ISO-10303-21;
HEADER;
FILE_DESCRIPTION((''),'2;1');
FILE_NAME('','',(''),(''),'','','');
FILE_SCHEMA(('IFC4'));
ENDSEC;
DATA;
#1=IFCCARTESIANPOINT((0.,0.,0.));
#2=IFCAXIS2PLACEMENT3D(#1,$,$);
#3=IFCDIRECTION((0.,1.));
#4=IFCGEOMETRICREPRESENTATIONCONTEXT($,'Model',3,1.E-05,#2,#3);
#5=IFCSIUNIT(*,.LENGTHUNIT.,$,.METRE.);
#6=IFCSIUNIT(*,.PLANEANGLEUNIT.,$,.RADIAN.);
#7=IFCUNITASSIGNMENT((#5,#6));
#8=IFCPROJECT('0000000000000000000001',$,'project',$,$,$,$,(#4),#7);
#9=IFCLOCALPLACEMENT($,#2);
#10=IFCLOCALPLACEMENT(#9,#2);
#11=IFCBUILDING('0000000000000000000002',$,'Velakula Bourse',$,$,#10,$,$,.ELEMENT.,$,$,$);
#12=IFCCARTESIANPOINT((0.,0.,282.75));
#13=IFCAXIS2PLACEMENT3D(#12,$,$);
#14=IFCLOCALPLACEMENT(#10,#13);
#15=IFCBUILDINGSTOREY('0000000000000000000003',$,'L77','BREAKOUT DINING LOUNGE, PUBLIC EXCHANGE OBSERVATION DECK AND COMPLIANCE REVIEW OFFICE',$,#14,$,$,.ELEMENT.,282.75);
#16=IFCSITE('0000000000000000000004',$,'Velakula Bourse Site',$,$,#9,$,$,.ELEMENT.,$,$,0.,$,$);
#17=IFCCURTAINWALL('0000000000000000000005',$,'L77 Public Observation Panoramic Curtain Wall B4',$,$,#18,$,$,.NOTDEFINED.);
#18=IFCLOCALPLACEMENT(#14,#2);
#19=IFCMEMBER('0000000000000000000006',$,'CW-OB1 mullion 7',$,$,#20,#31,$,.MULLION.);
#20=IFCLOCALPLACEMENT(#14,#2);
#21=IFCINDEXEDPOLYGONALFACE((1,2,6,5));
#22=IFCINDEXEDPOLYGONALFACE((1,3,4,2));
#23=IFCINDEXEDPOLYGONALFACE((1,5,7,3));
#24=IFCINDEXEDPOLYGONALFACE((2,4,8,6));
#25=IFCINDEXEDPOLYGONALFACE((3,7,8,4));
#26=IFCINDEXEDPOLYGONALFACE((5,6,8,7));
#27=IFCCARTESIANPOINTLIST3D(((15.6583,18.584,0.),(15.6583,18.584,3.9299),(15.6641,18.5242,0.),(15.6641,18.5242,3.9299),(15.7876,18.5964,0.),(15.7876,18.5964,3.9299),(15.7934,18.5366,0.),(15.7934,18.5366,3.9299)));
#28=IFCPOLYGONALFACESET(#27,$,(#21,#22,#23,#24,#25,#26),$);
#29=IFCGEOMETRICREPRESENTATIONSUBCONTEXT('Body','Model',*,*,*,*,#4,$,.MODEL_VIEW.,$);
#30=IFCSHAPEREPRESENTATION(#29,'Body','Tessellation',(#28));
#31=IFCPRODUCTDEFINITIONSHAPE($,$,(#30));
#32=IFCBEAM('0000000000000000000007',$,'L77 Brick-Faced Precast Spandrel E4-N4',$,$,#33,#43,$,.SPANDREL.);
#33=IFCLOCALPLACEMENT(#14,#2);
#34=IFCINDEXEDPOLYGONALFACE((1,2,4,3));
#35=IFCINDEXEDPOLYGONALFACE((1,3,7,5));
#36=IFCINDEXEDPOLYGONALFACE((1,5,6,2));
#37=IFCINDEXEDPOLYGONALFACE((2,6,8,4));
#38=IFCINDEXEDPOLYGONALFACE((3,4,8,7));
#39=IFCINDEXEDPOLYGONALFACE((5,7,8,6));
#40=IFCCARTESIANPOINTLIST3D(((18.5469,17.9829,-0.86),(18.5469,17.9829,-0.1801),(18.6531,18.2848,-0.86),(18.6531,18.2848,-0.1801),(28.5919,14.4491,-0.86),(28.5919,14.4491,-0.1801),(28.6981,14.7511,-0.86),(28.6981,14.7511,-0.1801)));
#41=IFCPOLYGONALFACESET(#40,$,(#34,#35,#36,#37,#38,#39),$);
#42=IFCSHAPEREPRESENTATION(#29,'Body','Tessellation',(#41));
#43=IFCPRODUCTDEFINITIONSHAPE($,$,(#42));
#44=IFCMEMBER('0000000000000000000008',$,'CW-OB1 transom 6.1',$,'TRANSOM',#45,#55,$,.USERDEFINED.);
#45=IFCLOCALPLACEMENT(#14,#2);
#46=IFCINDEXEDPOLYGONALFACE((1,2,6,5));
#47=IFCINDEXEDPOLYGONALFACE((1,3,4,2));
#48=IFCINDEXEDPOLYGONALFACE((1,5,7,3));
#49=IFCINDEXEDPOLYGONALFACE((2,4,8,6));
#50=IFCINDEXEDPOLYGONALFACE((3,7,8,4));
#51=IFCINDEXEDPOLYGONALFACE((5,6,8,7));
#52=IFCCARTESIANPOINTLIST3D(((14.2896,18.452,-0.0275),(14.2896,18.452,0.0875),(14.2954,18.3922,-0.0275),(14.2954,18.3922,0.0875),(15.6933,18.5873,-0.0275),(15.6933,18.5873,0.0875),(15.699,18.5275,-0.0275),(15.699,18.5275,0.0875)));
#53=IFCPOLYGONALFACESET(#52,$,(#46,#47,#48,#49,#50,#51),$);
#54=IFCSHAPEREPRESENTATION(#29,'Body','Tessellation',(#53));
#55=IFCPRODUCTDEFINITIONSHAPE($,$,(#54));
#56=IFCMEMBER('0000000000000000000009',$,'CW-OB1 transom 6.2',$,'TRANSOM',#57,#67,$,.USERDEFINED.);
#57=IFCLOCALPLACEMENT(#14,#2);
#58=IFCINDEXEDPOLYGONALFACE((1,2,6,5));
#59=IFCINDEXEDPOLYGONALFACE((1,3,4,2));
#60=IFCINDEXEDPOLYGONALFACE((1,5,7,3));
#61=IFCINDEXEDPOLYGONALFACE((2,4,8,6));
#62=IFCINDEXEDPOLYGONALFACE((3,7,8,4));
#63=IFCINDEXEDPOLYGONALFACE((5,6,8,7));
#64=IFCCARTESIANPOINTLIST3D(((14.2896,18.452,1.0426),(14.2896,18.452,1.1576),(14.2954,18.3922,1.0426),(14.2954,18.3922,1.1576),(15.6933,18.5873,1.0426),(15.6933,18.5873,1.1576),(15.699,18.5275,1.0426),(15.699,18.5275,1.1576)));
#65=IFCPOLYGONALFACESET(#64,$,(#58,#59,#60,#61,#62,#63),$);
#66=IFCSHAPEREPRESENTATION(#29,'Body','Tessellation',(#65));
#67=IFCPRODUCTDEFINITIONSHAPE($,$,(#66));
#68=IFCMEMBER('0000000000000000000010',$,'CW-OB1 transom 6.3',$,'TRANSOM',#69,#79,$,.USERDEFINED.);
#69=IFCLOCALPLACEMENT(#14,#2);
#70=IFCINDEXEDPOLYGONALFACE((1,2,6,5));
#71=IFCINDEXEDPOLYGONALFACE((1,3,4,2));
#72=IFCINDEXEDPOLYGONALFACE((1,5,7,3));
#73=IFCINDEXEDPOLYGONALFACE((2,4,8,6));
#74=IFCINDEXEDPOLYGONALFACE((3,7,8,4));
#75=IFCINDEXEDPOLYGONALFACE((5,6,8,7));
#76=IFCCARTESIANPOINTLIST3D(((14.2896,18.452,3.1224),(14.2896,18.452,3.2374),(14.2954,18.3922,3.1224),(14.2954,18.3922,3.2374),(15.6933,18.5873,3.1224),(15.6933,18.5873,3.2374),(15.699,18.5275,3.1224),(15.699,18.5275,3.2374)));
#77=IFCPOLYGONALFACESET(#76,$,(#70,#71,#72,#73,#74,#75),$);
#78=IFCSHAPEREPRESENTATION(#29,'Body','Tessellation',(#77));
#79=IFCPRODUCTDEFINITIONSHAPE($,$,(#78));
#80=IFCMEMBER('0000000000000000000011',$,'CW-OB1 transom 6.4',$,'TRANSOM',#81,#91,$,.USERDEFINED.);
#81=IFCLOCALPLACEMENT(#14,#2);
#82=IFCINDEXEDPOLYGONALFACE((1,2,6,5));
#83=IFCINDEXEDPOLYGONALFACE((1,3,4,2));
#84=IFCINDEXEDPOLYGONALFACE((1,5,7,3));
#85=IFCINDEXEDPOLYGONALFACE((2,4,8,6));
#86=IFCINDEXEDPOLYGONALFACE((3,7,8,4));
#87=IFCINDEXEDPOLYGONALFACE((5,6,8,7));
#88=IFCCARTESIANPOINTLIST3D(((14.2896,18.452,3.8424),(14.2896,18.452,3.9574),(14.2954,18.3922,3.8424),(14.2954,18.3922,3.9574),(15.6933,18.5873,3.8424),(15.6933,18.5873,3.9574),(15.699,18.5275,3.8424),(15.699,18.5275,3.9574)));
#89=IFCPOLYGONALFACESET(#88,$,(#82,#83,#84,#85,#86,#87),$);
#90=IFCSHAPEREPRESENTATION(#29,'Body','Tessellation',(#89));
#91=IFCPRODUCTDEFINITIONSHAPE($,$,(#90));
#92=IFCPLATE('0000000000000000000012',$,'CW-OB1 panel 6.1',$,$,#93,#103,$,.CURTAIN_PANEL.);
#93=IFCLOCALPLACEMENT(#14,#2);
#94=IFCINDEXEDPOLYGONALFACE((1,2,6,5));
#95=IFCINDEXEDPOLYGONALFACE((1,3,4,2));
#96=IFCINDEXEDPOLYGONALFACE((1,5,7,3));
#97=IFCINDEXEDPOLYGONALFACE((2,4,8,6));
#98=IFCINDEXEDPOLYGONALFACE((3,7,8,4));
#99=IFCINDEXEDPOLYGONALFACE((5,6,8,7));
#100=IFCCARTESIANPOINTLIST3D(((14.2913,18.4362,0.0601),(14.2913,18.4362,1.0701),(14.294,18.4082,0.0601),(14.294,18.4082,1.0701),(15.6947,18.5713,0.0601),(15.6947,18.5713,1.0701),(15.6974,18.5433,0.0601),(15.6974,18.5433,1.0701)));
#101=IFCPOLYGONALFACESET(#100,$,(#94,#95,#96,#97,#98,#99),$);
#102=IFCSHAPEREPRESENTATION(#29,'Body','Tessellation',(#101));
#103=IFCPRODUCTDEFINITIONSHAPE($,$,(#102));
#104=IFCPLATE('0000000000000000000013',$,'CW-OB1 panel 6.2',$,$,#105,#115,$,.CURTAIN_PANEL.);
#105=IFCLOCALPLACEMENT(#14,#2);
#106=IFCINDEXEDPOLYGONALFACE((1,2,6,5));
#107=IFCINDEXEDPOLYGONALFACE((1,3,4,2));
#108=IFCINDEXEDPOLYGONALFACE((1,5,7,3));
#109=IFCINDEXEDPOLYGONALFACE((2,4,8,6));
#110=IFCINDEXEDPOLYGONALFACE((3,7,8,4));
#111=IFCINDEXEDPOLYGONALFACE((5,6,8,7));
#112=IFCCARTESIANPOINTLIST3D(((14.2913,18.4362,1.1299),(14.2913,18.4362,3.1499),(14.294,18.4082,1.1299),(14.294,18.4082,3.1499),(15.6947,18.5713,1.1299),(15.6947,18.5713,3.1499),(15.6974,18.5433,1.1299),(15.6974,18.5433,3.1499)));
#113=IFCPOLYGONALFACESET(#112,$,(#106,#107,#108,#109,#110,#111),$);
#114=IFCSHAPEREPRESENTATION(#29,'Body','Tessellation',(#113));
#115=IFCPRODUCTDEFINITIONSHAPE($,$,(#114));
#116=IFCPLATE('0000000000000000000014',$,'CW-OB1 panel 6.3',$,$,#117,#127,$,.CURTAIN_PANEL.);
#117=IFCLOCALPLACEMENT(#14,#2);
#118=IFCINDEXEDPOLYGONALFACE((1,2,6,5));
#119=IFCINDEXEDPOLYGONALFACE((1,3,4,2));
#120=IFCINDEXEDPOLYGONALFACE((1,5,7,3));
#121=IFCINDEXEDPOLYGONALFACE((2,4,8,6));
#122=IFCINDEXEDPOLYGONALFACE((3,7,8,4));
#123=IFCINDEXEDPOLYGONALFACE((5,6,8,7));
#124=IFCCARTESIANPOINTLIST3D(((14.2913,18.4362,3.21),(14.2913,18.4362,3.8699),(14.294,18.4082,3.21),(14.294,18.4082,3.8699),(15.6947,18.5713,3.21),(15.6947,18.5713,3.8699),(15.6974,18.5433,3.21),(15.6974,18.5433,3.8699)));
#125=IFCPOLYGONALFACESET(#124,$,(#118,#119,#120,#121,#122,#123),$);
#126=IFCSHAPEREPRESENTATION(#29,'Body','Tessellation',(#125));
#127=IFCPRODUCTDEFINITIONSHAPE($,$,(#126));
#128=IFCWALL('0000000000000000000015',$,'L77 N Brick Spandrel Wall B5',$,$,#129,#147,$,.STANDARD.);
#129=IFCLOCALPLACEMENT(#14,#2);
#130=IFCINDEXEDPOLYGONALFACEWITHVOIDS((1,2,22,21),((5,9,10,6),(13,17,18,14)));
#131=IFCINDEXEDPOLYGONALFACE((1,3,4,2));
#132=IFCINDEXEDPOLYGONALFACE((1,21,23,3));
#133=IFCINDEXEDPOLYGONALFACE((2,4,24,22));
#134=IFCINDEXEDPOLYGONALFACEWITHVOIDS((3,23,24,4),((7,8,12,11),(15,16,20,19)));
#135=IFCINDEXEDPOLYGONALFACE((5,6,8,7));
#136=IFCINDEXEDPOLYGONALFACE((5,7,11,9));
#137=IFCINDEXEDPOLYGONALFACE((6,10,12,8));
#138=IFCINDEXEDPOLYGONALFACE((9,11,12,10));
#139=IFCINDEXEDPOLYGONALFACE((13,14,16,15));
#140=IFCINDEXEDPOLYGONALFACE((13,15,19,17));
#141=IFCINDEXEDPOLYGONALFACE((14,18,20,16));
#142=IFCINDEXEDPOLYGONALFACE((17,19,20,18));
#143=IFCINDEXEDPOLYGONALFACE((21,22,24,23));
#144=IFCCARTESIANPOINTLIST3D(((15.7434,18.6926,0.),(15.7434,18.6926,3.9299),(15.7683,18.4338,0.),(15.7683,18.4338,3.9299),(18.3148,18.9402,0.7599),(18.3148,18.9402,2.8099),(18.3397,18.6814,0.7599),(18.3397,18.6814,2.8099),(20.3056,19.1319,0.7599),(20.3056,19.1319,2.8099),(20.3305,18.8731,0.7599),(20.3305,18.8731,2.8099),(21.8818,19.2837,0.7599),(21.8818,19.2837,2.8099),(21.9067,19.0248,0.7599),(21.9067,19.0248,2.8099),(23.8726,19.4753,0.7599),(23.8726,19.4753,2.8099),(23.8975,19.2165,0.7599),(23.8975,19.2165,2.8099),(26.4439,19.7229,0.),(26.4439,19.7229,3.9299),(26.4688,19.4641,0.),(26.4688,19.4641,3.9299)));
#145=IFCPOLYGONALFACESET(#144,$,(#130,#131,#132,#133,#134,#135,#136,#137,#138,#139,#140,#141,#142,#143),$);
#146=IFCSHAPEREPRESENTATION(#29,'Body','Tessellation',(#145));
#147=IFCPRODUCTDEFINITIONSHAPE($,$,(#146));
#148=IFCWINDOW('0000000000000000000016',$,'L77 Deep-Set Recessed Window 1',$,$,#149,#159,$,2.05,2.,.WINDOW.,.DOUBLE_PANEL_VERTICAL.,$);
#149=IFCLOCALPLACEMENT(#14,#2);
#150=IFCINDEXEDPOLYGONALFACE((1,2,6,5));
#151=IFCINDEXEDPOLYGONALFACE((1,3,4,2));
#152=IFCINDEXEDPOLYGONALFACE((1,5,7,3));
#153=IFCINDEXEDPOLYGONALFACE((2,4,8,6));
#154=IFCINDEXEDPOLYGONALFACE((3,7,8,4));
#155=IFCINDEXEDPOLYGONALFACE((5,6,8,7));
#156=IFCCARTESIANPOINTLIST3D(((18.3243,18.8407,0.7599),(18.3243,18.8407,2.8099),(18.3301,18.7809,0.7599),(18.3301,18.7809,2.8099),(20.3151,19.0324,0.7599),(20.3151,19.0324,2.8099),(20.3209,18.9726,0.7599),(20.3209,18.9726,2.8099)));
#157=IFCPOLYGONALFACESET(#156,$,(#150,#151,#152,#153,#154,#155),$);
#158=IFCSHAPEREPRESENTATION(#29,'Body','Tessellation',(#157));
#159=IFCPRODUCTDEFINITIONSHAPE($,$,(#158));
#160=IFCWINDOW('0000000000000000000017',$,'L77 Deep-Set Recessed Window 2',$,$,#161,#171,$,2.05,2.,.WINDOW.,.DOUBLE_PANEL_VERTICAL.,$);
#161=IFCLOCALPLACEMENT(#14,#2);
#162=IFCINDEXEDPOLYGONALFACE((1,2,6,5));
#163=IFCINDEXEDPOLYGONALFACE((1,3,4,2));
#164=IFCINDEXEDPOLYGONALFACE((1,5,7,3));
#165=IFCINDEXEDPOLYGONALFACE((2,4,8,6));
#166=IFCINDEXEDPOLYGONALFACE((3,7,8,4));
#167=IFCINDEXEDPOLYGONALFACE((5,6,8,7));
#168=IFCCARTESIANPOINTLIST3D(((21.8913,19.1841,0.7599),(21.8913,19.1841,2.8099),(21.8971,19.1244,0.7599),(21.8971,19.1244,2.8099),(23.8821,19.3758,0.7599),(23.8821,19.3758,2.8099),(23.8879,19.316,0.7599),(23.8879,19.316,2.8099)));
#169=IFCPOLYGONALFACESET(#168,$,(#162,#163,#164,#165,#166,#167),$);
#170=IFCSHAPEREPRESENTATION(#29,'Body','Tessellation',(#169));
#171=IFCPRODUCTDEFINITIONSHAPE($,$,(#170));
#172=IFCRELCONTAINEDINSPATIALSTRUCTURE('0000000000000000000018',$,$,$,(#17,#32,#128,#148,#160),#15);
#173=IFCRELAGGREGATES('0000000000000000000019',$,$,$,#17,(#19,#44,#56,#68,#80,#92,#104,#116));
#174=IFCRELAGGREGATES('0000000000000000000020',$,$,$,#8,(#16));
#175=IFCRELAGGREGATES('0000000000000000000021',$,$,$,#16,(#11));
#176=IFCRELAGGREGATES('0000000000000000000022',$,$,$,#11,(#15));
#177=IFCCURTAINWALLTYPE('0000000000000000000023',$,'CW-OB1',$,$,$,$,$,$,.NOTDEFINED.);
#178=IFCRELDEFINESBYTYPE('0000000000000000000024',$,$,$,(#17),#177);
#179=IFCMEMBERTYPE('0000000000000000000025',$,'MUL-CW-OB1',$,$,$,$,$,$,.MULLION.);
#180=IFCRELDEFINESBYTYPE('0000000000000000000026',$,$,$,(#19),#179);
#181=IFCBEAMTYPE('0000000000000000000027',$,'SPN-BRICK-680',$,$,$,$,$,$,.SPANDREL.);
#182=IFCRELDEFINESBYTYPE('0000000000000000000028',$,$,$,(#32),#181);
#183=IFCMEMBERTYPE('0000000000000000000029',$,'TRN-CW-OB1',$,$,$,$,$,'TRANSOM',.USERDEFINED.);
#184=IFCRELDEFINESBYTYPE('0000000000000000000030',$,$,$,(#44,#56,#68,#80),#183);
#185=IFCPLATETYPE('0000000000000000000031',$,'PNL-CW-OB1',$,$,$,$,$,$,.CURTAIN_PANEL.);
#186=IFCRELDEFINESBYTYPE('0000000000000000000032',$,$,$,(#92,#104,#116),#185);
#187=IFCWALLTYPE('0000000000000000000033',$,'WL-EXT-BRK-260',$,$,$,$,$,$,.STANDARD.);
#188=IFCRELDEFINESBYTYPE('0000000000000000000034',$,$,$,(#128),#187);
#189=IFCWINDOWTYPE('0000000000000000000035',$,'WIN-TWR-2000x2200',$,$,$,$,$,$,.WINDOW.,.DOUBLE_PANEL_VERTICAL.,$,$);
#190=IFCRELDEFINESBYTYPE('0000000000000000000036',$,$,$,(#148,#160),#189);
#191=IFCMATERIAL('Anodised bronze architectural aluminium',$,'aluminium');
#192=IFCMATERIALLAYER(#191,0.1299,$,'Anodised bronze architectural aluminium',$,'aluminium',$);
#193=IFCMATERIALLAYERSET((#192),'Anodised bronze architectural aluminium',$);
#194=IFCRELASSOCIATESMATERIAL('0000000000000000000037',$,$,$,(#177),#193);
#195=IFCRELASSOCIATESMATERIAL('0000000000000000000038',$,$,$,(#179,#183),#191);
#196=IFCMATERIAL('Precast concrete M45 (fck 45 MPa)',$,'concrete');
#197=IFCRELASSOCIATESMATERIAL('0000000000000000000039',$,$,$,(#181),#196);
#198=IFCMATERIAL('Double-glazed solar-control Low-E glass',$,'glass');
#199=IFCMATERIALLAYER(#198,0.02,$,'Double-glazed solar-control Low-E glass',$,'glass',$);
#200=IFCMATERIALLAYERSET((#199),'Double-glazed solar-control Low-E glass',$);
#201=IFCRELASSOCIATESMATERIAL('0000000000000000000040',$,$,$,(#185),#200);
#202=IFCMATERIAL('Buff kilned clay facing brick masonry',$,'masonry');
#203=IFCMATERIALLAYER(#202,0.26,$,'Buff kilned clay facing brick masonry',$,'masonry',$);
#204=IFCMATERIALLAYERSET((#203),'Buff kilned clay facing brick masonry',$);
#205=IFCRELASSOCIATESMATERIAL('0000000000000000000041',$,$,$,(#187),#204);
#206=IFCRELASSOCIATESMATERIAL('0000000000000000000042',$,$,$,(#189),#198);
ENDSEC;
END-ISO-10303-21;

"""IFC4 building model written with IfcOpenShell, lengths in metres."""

from ifc_helpers import new_model, si_unit, direction, frame, frame_2d, origin, origin_2d, place, context, subcontext, project, spatial, rectangle, extrude, material, layer, layer_set, material_profile, profile_set, type_object, element, fill, aggregate, save


model = new_model("IFC4")

# Units and contexts
model_context = context("Model", 3, precision=1e-05, world=origin(), true_north=direction((0.0, 1.0)))
body_context = subcontext(model_context, "Body", "Model", "MODEL_VIEW")
ifc_project = project(units=[si_unit("LENGTHUNIT", "METRE"), si_unit("PLANEANGLEUNIT", "RADIAN")], contexts=[model_context])

# Site, building, storey
site_placement = place(None, origin())
site = spatial("IfcSite", under=ifc_project, at=site_placement, Name="Velakula Bourse Site", CompositionType="ELEMENT", RefElevation=0.0)
building_placement = place(site_placement, origin())
building = spatial("IfcBuilding", under=site, at=building_placement, Name="Velakula Bourse", CompositionType="ELEMENT")
storey_placement = place(building_placement, frame((0.0, 0.0, 282.75)))
storey = spatial("IfcBuildingStorey", under=building, at=storey_placement, Name="L77", Description="BREAKOUT DINING LOUNGE, PUBLIC EXCHANGE OBSERVATION DECK AND COMPLIANCE REVIEW OFFICE", CompositionType="ELEMENT", Elevation=282.75)

# Shared definitions
ifc_material_1 = material(Name="Precast concrete M45 (fck 45 MPa)", Category="concrete")

# Curtain wall, member
ifc_material_2 = material(Name="Anodised bronze architectural aluminium", Category="aluminium")
ifc_layer_1 = layer(ifc_material_2, 0.1299, Name="Anodised bronze architectural aluminium", Category="aluminium")
ifc_layer_set_1 = layer_set([ifc_layer_1], Name="Anodised bronze architectural aluminium")
curtain_wall_type = type_object("IfcCurtainWallType", Name="CW-OB1", PredefinedType="NOTDEFINED", material=ifc_layer_set_1)
curtain_wall_placement = place(storey_placement, origin())
curtain_wall = element("IfcCurtainWall", 1, at=curtain_wall_placement, inside=storey, type_object=curtain_wall_type, Name="L77 Public Observation Panoramic Curtain Wall B4", PredefinedType="NOTDEFINED")
ifc_material_profile_1 = material_profile(ifc_material_2, rectangle(XDim=0.0601, YDim=0.1299, at=origin_2d()), Name="Anodised bronze architectural aluminium")
ifc_profile_set_1 = profile_set([ifc_material_profile_1], Name="Anodised bronze architectural aluminium")
member_type_1 = type_object("IfcMemberType", Name="MUL-CW-OB1", PredefinedType="MULLION", material=ifc_profile_set_1)
member_1_placement = place(storey_placement, frame((15.7258, 18.5603, 0.0), z_axis=(0.0, 0.0, 1.0), x_axis=(-0.095844, 0.995396, 0.0)))
member_1 = element("IfcMember", 2, at=member_1_placement, type_object=member_type_1, Name="CW-OB1 mullion 7", PredefinedType="MULLION", context=body_context, shape_type="SweptSolid", body=[
    extrude(rectangle(XDim=0.0601, YDim=0.1299, at=origin_2d()), origin(), (0.0, 0.0, 1.0), 3.9299),
])

# Beam
ifc_material_profile_2 = material_profile(ifc_material_1, rectangle(XDim=0.3201, YDim=0.6799, at=origin_2d()), Name="Precast concrete M45 (fck 45 MPa)")
ifc_profile_set_2 = profile_set([ifc_material_profile_2], Name="Precast concrete M45 (fck 45 MPa)")
beam_type_1 = type_object("IfcBeamType", Name="SPN-BRICK-680", PredefinedType="SPANDREL", material=ifc_profile_set_2)
beam_1_placement = place(storey_placement, frame((28.645, 14.6001, -0.52), z_axis=(-0.943331, 0.331853, 0.0), x_axis=(-0.331853, -0.943331, 0.0)))
element("IfcBeam", 3, at=beam_1_placement, inside=storey, type_object=beam_type_1, Name="L77 Brick-Faced Precast Spandrel E4-N4", PredefinedType="SPANDREL", context=body_context, shape_type="SweptSolid", body=[
    extrude(rectangle(XDim=0.3201, YDim=0.6799, at=origin_2d()), origin(), (0.0, 0.0, 1.0), 10.6484),
])

# Members
ifc_material_profile_3 = material_profile(ifc_material_2, rectangle(XDim=0.0601, YDim=0.115, at=origin_2d()), Name="Anodised bronze architectural aluminium")
ifc_profile_set_3 = profile_set([ifc_material_profile_3], Name="Anodised bronze architectural aluminium")
member_type_2 = type_object("IfcMemberType", Name="TRN-CW-OB1", ElementType="TRANSOM", PredefinedType="USERDEFINED", material=ifc_profile_set_3)
member_2_placement = place(storey_placement, frame((14.2925, 18.4221, 0.03), z_axis=(0.995389, 0.09592, 0.0), x_axis=(-0.09592, 0.995389, 0.0)))
member_2 = element("IfcMember", 4, at=member_2_placement, type_object=member_type_2, Name="CW-OB1 transom 6.1", ObjectType="TRANSOM", PredefinedType="USERDEFINED", context=body_context, shape_type="SweptSolid", body=[
    extrude(rectangle(XDim=0.0601, YDim=0.115, at=origin_2d()), origin(), (0.0, 0.0, 1.0), 1.4102),
])
member_3_placement = place(storey_placement, frame((14.2925, 18.4221, 1.1001), z_axis=(0.995389, 0.09592, 0.0), x_axis=(-0.09592, 0.995389, 0.0)))
member_3 = element("IfcMember", 5, at=member_3_placement, type_object=member_type_2, Name="CW-OB1 transom 6.2", ObjectType="TRANSOM", PredefinedType="USERDEFINED", context=body_context, shape_type="SweptSolid", body=[
    extrude(rectangle(XDim=0.0601, YDim=0.115, at=origin_2d()), origin(), (0.0, 0.0, 1.0), 1.4102),
])
member_4_placement = place(storey_placement, frame((14.2925, 18.4221, 3.1799), z_axis=(0.995389, 0.09592, 0.0), x_axis=(-0.09592, 0.995389, 0.0)))
member_4 = element("IfcMember", 6, at=member_4_placement, type_object=member_type_2, Name="CW-OB1 transom 6.3", ObjectType="TRANSOM", PredefinedType="USERDEFINED", context=body_context, shape_type="SweptSolid", body=[
    extrude(rectangle(XDim=0.0601, YDim=0.115, at=origin_2d()), origin(), (0.0, 0.0, 1.0), 1.4102),
])
member_5_placement = place(storey_placement, frame((14.2925, 18.4221, 3.8999), z_axis=(0.995389, 0.09592, 0.0), x_axis=(-0.09592, 0.995389, 0.0)))
member_5 = element("IfcMember", 7, at=member_5_placement, type_object=member_type_2, Name="CW-OB1 transom 6.4", ObjectType="TRANSOM", PredefinedType="USERDEFINED", context=body_context, shape_type="SweptSolid", body=[
    extrude(rectangle(XDim=0.0601, YDim=0.115, at=origin_2d()), origin(), (0.0, 0.0, 1.0), 1.4102),
])

# Plates
ifc_material_3 = material(Name="Double-glazed solar-control Low-E glass", Category="glass")
ifc_layer_2 = layer(ifc_material_3, 0.02, Name="Double-glazed solar-control Low-E glass", Category="glass")
ifc_layer_set_2 = layer_set([ifc_layer_2], Name="Double-glazed solar-control Low-E glass")
plate_type = type_object("IfcPlateType", Name="PNL-CW-OB1", PredefinedType="CURTAIN_PANEL", material=ifc_layer_set_2)
plate_1_placement = place(storey_placement, frame((14.9944, 18.4897, 0.0601), z_axis=(0.0, 0.0, 1.0), x_axis=(0.995396, 0.095844, 0.0)))
plate_1 = element("IfcPlate", 8, at=plate_1_placement, type_object=plate_type, Name="CW-OB1 panel 6.1", PredefinedType="CURTAIN_PANEL", context=body_context, shape_type="SweptSolid", body=[
    extrude(rectangle(XDim=1.4099, YDim=0.0281, at=origin_2d()), origin(), (0.0, 0.0, 1.0), 1.01),
])
plate_2_placement = place(storey_placement, frame((14.9944, 18.4897, 1.1299), z_axis=(0.0, 0.0, 1.0), x_axis=(0.995396, 0.095844, 0.0)))
plate_2 = element("IfcPlate", 9, at=plate_2_placement, type_object=plate_type, Name="CW-OB1 panel 6.2", PredefinedType="CURTAIN_PANEL", context=body_context, shape_type="SweptSolid", body=[
    extrude(rectangle(XDim=1.4099, YDim=0.0281, at=origin_2d()), origin(), (0.0, 0.0, 1.0), 2.02),
])
plate_3_placement = place(storey_placement, frame((14.9944, 18.4897, 3.21), z_axis=(0.0, 0.0, 1.0), x_axis=(0.995396, 0.095844, 0.0)))
plate_3 = element("IfcPlate", 10, at=plate_3_placement, type_object=plate_type, Name="CW-OB1 panel 6.3", PredefinedType="CURTAIN_PANEL", context=body_context, shape_type="SweptSolid", body=[
    extrude(rectangle(XDim=1.4099, YDim=0.0281, at=origin_2d()), origin(), (0.0, 0.0, 1.0), 0.6599),
])
aggregate(curtain_wall, [member_1, member_2, member_3, member_4, member_5, plate_1, plate_2, plate_3])

# Wall, openings, windows
ifc_material_4 = material(Name="Buff kilned clay facing brick masonry", Category="masonry")
ifc_layer_3 = layer(ifc_material_4, 0.26, Name="Buff kilned clay facing brick masonry", Category="masonry")
ifc_layer_set_3 = layer_set([ifc_layer_3], Name="Buff kilned clay facing brick masonry")
wall_type = type_object("IfcWallType", Name="WL-EXT-BRK-260", PredefinedType="STANDARD", material=ifc_layer_set_3)
wall_1_placement = place(storey_placement, frame((15.7559, 18.5632, 0.0), z_axis=(0.0, 0.0, 1.0), x_axis=(0.995397, 0.09584, 0.0)))
wall_1 = element("IfcWall", 11, at=wall_1_placement, inside=storey, type_object=wall_type, Name="L77 N Brick Spandrel Wall B5", PredefinedType="STANDARD", context=body_context, shape_type="SweptSolid", body=[
    extrude(rectangle(XDim=10.75, YDim=0.26, at=frame_2d((5.375, 0.0))), origin(), (0.0, 0.0, 1.0), 3.9299),
])
opening_1_placement = place(wall_1_placement, frame((2.5833, 0.0, 0.76)))
opening_1 = element("IfcOpeningElement", 12, at=opening_1_placement, cuts=wall_1, PredefinedType="OPENING", context=body_context, shape_type="SweptSolid", body=[
    extrude(rectangle(XDim=2.0, YDim=2.05, at=frame_2d((1.0, 1.0249))), frame((0.0, 0.1399, 0.0), z_axis=(0.0, -1.0, 0.0), x_axis=(1.0, 0.0, 0.0)), (0.0, 0.0, 1.0), 0.28),
])
opening_2_placement = place(wall_1_placement, frame((6.1667, 0.0, 0.76)))
opening_2 = element("IfcOpeningElement", 13, at=opening_2_placement, cuts=wall_1, PredefinedType="OPENING", context=body_context, shape_type="SweptSolid", body=[
    extrude(rectangle(XDim=2.0, YDim=2.05, at=frame_2d((1.0, 1.0249))), frame((0.0, 0.1399, 0.0), z_axis=(0.0, -1.0, 0.0), x_axis=(1.0, 0.0, 0.0)), (0.0, 0.0, 1.0), 0.28),
])
window_type_1 = type_object("IfcWindowType", Name="WIN-TWR-2000x2200", PartitioningType="DOUBLE_PANEL_VERTICAL", PredefinedType="WINDOW", material=ifc_material_3)
window_1_placement = place(opening_1_placement, origin())
window_1 = element("IfcWindow", 14, at=window_1_placement, inside=storey, type_object=window_type_1, Name="L77 Deep-Set Recessed Window 1", OverallHeight=2.05, OverallWidth=2.0, PartitioningType="DOUBLE_PANEL_VERTICAL", PredefinedType="WINDOW", context=body_context, shape_type="SweptSolid", body=[
    extrude(rectangle(XDim=2.0, YDim=2.05, at=frame_2d((1.0, 1.0249))), frame((0.0, 0.03, 0.0), z_axis=(0.0, -1.0, 0.0), x_axis=(1.0, 0.0, 0.0)), (0.0, 0.0, 1.0), 0.0601),
])
fill(opening_1, window_1)
window_2_placement = place(opening_2_placement, origin())
window_2 = element("IfcWindow", 15, at=window_2_placement, inside=storey, type_object=window_type_1, Name="L77 Deep-Set Recessed Window 2", OverallHeight=2.05, OverallWidth=2.0, PartitioningType="DOUBLE_PANEL_VERTICAL", PredefinedType="WINDOW", context=body_context, shape_type="SweptSolid", body=[
    extrude(rectangle(XDim=2.0, YDim=2.05, at=frame_2d((1.0, 1.0249))), frame((0.0, 0.03, 0.0), z_axis=(0.0, -1.0, 0.0), x_axis=(1.0, 0.0, 0.0)), (0.0, 0.0, 1.0), 0.0601),
])
fill(opening_2, window_2)

save(model, "model.ifc")
